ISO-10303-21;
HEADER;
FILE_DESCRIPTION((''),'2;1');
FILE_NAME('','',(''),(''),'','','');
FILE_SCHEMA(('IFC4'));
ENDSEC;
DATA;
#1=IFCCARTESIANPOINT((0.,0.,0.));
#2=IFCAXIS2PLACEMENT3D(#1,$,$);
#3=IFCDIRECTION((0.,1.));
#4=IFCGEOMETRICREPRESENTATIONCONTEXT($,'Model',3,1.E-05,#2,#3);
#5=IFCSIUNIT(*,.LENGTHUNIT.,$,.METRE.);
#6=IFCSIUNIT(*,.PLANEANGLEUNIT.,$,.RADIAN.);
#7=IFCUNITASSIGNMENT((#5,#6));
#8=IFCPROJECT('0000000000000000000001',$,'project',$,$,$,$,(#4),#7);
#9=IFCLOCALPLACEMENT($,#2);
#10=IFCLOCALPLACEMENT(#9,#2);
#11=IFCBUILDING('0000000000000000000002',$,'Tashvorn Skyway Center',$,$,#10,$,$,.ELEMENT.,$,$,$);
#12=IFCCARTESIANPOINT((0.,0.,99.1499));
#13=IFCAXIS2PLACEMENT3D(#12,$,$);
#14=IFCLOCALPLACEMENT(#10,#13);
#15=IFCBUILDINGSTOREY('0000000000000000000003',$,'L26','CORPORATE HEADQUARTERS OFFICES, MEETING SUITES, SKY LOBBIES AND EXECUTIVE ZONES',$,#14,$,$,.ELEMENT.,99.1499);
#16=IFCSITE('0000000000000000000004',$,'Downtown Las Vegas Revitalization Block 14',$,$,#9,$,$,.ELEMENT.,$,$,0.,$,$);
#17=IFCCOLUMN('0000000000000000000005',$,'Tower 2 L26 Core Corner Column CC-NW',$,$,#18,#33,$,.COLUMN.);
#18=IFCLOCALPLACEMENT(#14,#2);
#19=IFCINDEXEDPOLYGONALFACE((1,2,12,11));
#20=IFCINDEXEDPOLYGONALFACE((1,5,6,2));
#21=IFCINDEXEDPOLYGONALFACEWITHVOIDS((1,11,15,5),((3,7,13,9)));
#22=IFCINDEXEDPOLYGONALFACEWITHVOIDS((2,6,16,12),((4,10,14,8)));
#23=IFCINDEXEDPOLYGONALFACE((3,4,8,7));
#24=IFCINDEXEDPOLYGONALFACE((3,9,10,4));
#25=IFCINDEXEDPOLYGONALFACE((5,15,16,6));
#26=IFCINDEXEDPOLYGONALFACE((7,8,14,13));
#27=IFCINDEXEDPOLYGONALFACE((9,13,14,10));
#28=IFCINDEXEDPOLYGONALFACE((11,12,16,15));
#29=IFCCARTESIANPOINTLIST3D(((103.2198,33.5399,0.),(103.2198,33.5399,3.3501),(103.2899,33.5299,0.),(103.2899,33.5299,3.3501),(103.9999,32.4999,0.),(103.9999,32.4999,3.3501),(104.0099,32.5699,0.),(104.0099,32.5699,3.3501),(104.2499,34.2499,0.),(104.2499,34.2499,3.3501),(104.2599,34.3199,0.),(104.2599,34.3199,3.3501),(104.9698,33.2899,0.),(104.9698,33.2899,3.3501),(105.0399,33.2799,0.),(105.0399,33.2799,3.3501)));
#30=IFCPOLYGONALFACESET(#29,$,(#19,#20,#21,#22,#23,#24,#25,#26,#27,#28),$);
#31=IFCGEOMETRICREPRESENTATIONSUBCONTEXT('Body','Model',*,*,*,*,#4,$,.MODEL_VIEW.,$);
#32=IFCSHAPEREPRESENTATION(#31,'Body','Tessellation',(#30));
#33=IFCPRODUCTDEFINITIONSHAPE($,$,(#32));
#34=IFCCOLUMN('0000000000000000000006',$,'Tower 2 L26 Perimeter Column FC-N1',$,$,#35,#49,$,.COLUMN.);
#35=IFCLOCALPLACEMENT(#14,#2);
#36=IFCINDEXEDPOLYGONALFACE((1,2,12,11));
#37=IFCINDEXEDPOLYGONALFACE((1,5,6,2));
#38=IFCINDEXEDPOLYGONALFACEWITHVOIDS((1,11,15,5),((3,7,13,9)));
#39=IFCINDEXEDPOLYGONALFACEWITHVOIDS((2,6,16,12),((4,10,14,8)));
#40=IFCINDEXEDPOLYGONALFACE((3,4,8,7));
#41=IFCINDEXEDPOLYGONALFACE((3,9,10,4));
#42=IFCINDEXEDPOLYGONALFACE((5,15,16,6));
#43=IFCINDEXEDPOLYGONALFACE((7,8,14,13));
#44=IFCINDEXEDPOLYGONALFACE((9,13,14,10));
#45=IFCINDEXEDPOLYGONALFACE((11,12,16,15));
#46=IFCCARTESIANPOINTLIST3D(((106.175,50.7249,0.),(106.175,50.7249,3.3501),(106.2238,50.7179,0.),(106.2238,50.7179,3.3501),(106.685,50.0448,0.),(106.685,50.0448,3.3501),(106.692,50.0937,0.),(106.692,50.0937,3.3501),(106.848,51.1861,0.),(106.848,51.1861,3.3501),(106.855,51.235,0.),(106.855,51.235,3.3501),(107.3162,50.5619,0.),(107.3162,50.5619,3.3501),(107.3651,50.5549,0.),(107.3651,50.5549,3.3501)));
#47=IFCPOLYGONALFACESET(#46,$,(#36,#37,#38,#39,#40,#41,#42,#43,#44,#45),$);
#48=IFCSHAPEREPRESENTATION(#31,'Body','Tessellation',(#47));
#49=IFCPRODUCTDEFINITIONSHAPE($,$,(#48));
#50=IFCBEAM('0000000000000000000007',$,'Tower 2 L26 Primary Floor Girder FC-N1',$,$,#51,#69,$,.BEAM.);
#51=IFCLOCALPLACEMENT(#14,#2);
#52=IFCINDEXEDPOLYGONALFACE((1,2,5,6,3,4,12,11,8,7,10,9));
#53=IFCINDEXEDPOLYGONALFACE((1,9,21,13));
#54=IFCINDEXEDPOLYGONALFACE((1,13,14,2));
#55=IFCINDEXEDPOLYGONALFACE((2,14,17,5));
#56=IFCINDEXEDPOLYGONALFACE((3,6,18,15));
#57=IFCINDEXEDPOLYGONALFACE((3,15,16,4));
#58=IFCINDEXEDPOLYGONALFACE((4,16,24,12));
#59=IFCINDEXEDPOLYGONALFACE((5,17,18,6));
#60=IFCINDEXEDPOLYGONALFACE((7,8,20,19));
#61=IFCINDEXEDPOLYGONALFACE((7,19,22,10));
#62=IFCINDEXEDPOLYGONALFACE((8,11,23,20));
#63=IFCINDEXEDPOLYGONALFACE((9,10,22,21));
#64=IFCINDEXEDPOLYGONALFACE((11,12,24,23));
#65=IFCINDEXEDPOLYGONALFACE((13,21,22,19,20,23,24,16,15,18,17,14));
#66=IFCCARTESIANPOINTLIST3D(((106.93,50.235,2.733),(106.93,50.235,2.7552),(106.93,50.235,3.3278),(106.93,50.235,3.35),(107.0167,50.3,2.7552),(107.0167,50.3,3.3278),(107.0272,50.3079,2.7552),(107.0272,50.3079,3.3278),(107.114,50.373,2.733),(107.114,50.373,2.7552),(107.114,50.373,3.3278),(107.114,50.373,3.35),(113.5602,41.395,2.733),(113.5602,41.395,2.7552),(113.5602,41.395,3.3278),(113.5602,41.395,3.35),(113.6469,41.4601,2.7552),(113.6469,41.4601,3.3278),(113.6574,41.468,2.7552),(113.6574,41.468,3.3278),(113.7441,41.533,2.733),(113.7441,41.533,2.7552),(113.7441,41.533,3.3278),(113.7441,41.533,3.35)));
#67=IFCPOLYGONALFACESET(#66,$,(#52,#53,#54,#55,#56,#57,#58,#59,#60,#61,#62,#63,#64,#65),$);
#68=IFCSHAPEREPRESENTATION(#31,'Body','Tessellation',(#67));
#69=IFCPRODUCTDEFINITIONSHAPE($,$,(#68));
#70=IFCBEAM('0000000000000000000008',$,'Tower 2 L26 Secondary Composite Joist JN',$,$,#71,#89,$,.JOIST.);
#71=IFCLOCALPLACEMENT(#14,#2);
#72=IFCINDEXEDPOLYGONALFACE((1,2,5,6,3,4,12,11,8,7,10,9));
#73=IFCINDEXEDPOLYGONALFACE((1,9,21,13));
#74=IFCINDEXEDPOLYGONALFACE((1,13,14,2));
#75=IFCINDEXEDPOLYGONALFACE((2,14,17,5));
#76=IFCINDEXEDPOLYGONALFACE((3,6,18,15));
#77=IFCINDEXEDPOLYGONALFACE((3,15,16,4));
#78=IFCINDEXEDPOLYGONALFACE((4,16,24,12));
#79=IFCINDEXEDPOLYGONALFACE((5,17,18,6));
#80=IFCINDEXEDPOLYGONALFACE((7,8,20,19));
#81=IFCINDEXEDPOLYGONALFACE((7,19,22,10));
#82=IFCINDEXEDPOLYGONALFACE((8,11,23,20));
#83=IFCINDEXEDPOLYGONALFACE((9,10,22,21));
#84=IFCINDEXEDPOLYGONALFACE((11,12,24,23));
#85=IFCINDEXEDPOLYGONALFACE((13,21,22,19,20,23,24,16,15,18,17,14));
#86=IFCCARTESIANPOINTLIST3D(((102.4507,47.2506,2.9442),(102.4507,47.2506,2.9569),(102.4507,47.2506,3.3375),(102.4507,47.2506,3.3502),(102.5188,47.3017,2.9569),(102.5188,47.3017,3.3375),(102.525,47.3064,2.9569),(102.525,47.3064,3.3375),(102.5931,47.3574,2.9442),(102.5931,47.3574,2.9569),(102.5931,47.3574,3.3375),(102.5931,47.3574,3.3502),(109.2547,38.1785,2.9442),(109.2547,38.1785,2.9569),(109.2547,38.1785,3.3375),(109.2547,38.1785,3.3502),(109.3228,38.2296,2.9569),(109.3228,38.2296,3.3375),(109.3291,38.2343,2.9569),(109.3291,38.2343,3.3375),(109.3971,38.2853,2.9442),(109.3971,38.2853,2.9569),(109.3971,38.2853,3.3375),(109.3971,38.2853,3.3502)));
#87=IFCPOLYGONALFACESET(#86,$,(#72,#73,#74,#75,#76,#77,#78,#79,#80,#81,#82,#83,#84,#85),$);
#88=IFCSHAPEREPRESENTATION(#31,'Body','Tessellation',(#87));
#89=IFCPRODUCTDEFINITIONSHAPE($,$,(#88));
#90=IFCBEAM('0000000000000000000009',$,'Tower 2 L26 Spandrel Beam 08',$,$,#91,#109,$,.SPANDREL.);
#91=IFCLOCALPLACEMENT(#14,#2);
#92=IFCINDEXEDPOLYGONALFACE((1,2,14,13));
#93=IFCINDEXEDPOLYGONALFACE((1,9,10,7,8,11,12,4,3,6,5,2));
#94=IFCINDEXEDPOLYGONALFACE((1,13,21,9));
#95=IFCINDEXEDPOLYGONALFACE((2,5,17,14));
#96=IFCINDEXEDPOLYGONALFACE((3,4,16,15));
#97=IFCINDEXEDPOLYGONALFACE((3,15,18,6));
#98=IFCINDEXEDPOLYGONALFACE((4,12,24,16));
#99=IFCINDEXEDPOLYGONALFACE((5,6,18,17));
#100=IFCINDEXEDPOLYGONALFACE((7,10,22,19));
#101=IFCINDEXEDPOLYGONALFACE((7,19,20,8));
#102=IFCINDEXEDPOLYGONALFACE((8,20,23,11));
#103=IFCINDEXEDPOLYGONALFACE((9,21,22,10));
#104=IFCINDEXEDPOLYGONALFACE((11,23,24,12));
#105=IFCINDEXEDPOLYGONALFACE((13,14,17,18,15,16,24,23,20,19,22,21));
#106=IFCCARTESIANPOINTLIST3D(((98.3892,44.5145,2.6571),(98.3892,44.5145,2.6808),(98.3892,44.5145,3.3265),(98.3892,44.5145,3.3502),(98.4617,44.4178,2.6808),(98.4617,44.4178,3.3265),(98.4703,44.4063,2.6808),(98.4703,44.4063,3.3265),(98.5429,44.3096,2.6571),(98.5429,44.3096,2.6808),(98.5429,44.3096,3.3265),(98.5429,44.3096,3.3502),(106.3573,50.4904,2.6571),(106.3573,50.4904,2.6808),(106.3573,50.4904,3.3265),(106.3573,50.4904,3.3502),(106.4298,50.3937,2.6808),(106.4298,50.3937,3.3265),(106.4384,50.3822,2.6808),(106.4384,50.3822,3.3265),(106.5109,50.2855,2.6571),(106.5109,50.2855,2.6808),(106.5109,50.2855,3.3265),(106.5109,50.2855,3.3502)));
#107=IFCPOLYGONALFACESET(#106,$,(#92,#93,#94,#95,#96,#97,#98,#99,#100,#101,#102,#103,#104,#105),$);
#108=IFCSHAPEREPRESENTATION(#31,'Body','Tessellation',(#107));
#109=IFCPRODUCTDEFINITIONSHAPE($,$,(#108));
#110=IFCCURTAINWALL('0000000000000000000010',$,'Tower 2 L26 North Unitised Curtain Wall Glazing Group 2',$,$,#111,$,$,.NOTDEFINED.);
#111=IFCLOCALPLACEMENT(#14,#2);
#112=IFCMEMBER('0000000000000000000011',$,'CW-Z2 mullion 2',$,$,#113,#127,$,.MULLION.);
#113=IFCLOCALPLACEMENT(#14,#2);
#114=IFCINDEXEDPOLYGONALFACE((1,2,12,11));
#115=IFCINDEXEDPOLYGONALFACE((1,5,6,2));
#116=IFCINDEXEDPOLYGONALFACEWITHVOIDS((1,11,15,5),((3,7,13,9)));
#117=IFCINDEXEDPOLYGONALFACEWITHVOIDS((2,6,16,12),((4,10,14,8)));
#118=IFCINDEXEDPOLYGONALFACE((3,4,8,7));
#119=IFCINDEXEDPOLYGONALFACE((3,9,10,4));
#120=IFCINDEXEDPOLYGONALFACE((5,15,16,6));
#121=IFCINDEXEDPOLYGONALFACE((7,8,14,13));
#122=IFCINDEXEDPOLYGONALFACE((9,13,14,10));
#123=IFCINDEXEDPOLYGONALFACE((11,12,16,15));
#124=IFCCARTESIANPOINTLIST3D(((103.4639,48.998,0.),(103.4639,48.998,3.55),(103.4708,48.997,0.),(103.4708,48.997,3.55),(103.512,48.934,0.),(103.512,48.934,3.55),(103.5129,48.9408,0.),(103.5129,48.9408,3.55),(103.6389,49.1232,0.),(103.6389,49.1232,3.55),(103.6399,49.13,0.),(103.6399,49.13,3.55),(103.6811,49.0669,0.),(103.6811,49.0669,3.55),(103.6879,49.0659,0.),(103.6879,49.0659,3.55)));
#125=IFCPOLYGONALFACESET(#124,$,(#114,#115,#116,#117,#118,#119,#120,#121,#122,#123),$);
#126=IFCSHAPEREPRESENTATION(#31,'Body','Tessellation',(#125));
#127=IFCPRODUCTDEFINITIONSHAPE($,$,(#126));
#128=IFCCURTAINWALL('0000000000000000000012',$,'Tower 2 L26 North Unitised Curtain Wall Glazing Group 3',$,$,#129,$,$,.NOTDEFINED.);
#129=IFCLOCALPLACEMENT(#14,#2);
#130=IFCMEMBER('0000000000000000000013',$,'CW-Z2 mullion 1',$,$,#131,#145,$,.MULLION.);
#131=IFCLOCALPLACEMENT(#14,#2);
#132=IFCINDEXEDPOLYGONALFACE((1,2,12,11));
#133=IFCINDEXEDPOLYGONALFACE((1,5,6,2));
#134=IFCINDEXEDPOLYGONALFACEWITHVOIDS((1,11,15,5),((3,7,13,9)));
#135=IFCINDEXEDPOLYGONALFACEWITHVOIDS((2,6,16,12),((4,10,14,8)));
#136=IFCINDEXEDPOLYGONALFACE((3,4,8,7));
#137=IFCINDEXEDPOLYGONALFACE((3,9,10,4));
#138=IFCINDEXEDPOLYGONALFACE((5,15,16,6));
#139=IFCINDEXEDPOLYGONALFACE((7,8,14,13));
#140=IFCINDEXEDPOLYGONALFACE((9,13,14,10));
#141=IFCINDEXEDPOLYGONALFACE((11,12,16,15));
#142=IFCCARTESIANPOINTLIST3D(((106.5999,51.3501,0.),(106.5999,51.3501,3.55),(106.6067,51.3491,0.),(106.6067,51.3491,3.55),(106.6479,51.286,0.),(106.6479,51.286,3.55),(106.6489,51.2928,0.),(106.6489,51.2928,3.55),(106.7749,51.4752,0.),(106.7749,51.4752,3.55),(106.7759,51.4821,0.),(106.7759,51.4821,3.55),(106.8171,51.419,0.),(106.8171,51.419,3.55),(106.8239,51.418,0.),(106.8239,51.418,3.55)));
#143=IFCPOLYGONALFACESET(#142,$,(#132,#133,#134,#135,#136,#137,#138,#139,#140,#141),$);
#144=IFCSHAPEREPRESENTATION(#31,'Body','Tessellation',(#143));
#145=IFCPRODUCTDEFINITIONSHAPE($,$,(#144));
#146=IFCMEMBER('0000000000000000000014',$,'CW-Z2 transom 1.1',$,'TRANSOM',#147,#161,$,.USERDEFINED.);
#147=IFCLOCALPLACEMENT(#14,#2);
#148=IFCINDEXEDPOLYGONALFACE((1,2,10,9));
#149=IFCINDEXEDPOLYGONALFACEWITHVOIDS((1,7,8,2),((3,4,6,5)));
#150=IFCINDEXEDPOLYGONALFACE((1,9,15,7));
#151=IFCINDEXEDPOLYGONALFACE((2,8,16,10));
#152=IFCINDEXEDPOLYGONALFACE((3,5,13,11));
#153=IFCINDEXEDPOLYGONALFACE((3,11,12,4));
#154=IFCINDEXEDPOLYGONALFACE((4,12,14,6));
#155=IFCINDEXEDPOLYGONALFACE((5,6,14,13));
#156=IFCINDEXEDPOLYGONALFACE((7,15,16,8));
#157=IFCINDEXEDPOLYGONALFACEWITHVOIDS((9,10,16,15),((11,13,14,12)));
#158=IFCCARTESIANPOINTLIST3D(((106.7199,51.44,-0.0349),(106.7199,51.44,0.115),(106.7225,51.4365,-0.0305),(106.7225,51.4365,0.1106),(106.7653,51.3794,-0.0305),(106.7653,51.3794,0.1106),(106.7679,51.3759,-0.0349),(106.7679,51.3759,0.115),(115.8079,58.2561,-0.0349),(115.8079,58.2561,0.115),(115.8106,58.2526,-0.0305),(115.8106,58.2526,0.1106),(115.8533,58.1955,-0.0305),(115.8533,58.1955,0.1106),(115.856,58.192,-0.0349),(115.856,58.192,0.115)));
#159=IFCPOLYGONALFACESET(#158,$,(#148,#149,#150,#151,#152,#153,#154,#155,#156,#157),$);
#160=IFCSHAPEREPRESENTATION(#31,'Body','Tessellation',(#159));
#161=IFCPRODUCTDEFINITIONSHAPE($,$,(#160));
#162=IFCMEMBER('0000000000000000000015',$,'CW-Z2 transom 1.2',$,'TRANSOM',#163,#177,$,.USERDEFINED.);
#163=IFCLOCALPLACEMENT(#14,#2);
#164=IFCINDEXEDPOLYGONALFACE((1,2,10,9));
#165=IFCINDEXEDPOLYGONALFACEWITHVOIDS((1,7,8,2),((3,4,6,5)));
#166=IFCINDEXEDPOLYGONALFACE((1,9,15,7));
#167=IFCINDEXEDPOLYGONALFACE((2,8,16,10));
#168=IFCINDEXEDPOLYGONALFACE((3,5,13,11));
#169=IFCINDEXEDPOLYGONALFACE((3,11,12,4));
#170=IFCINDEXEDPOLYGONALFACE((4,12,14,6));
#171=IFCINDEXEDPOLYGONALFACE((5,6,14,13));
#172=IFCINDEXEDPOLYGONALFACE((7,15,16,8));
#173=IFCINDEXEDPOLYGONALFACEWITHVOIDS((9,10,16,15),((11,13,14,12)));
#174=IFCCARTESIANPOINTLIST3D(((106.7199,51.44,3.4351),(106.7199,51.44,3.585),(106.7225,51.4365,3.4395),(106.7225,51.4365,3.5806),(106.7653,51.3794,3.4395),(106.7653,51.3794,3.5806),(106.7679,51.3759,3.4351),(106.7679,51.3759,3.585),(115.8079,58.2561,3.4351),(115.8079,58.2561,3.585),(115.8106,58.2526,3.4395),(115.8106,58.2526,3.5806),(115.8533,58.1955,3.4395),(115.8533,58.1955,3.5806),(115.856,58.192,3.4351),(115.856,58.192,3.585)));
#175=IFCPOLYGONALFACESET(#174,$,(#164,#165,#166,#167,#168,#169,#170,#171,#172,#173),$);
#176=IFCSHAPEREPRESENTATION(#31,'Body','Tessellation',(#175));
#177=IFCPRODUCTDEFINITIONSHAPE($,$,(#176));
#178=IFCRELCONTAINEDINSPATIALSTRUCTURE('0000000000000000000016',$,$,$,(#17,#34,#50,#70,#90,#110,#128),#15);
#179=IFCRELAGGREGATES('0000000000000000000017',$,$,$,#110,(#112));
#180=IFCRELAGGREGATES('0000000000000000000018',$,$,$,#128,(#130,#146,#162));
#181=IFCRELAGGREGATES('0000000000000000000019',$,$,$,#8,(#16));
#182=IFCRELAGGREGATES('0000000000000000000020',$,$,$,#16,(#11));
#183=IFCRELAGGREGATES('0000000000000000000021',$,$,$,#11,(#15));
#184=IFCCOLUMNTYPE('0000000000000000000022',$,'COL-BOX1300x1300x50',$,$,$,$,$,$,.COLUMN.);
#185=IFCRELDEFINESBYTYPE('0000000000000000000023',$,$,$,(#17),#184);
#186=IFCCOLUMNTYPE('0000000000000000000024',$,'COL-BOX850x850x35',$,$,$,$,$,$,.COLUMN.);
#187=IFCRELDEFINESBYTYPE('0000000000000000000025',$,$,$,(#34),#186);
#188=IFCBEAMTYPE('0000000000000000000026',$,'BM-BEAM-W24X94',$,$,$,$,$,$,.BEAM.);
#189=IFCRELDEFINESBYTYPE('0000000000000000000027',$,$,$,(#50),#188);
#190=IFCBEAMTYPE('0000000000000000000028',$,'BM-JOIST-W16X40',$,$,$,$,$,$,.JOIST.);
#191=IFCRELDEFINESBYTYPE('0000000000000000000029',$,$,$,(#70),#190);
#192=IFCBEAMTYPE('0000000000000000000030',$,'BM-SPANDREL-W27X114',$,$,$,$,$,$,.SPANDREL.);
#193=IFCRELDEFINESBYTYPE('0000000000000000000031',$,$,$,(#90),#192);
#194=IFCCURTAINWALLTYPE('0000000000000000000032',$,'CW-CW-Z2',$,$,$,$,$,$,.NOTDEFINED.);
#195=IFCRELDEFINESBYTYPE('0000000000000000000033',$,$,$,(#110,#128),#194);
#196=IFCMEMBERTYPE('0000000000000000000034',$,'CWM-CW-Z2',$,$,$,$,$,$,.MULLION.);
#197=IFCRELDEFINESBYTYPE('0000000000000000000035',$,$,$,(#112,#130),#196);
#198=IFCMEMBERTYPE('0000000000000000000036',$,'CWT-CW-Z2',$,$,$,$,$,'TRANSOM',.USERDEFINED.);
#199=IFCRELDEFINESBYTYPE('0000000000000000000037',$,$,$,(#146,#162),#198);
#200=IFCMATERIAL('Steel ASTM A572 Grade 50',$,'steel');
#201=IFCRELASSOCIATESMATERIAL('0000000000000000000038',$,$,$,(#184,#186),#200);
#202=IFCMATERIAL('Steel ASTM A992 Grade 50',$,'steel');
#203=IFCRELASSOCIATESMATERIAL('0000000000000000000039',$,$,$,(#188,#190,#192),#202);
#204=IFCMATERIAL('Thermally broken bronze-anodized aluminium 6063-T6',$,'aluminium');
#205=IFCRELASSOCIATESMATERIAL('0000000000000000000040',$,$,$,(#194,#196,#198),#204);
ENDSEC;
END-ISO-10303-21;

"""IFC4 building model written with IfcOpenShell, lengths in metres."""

from ifc_helpers import new_model, si_unit, direction, frame, origin, origin_2d, place, context, subcontext, project, spatial, hollow_rectangle, i_section, extrude, material, material_profile, profile_set, type_object, element, aggregate, save


model = new_model("IFC4")

# Units and contexts
model_context = context("Model", 3, precision=1e-05, world=origin(), true_north=direction((0.0, 1.0)))
body_context = subcontext(model_context, "Body", "Model", "MODEL_VIEW")
ifc_project = project(units=[si_unit("LENGTHUNIT", "METRE"), si_unit("PLANEANGLEUNIT", "RADIAN")], contexts=[model_context])

# Site, building, storey
site_placement = place(None, origin())
site = spatial("IfcSite", under=ifc_project, at=site_placement, Name="Downtown Las Vegas Revitalization Block 14", CompositionType="ELEMENT", RefElevation=0.0)
building_placement = place(site_placement, origin())
building = spatial("IfcBuilding", under=site, at=building_placement, Name="Tashvorn Skyway Center", CompositionType="ELEMENT")
storey_placement = place(building_placement, frame((0.0, 0.0, 99.1499)))
storey = spatial("IfcBuildingStorey", under=building, at=storey_placement, Name="L26", Description="CORPORATE HEADQUARTERS OFFICES, MEETING SUITES, SKY LOBBIES AND EXECUTIVE ZONES", CompositionType="ELEMENT", Elevation=99.1499)

# Columns
ifc_material_1 = material(Name="Steel ASTM A572 Grade 50", Category="steel")
ifc_material_profile_1 = material_profile(ifc_material_1, hollow_rectangle(XDim=1.3, YDim=1.3, WallThickness=0.05, at=origin_2d()), Name="BOX1300x1300x50")
ifc_profile_set_1 = profile_set([ifc_material_profile_1], Name="Steel ASTM A572 Grade 50")
column_type_1 = type_object("IfcColumnType", Name="COL-BOX1300x1300x50", PredefinedType="COLUMN", material=ifc_profile_set_1)
column_1_placement = place(storey_placement, frame((104.1299, 33.4099, 0.0), z_axis=(0.0, 0.0, 1.0), x_axis=(0.8, 0.6, 0.0)))
element("IfcColumn", 1, at=column_1_placement, inside=storey, type_object=column_type_1, Name="Tower 2 L26 Core Corner Column CC-NW", PredefinedType="COLUMN", context=body_context, shape_type="SweptSolid", body=[
    extrude(hollow_rectangle(XDim=1.3, YDim=1.3, WallThickness=0.05, at=origin_2d()), origin(), (0.0, 0.0, 1.0), 3.3501),
])
ifc_material_profile_2 = material_profile(ifc_material_1, hollow_rectangle(XDim=0.8501, YDim=0.8501, WallThickness=0.0349, at=origin_2d()), Name="BOX850x850x35")
ifc_profile_set_2 = profile_set([ifc_material_profile_2], Name="Steel ASTM A572 Grade 50")
column_type_2 = type_object("IfcColumnType", Name="COL-BOX850x850x35", PredefinedType="COLUMN", material=ifc_profile_set_2)
column_2_placement = place(storey_placement, frame((106.77, 50.6399, 0.0), z_axis=(0.0, 0.0, 1.0), x_axis=(0.8, 0.6, 0.0)))
element("IfcColumn", 2, at=column_2_placement, inside=storey, type_object=column_type_2, Name="Tower 2 L26 Perimeter Column FC-N1", PredefinedType="COLUMN", context=body_context, shape_type="SweptSolid", body=[
    extrude(hollow_rectangle(XDim=0.8501, YDim=0.8501, WallThickness=0.0349, at=origin_2d()), origin(), (0.0, 0.0, 1.0), 3.3501),
])

# Beams
ifc_material_2 = material(Name="Steel ASTM A992 Grade 50", Category="steel")
ifc_material_profile_3 = material_profile(ifc_material_2, i_section(OverallWidth=0.23, OverallDepth=0.6169, WebThickness=0.0132, FlangeThickness=0.0222, at=origin_2d()), Name="W24X94")
ifc_profile_set_3 = profile_set([ifc_material_profile_3], Name="Steel ASTM A992 Grade 50")
beam_type_1 = type_object("IfcBeamType", Name="BM-BEAM-W24X94", PredefinedType="BEAM", material=ifc_profile_set_3)
beam_1_placement = place(storey_placement, frame((107.022, 50.304, 3.0415), z_axis=(0.600014, -0.799989, 0.0), x_axis=(0.799989, 0.600014, 0.0)))
element("IfcBeam", 3, at=beam_1_placement, inside=storey, type_object=beam_type_1, Name="Tower 2 L26 Primary Floor Girder FC-N1", PredefinedType="BEAM", context=body_context, shape_type="SweptSolid", body=[
    extrude(i_section(OverallWidth=0.23, OverallDepth=0.6169, WebThickness=0.0132, FlangeThickness=0.0222, at=origin_2d()), origin(), (0.0, 0.0, 1.0), 11.05),
])
ifc_material_profile_4 = material_profile(ifc_material_2, i_section(OverallWidth=0.178, OverallDepth=0.406, WebThickness=0.0078, FlangeThickness=0.0127, at=origin_2d()), Name="W16X40")
ifc_profile_set_4 = profile_set([ifc_material_profile_4], Name="Steel ASTM A992 Grade 50")
beam_type_2 = type_object("IfcBeamType", Name="BM-JOIST-W16X40", PredefinedType="JOIST", material=ifc_profile_set_4)
beam_2_placement = place(storey_placement, frame((109.3259, 38.2319, 3.1472), z_axis=(-0.599997, 0.800003, 0.0), x_axis=(-0.800003, -0.599997, 0.0)))
element("IfcBeam", 4, at=beam_2_placement, inside=storey, type_object=beam_type_2, Name="Tower 2 L26 Secondary Composite Joist JN", PredefinedType="JOIST", context=body_context, shape_type="SweptSolid", body=[
    extrude(i_section(OverallWidth=0.178, OverallDepth=0.406, WebThickness=0.0078, FlangeThickness=0.0127, at=origin_2d()), origin(), (0.0, 0.0, 1.0), 11.3401),
])
ifc_material_profile_5 = material_profile(ifc_material_2, i_section(OverallWidth=0.2561, OverallDepth=0.6931, WebThickness=0.0144, FlangeThickness=0.0237, at=origin_2d()), Name="W27X114")
ifc_profile_set_5 = profile_set([ifc_material_profile_5], Name="Steel ASTM A992 Grade 50")
beam_type_3 = type_object("IfcBeamType", Name="BM-SPANDREL-W27X114", PredefinedType="SPANDREL", material=ifc_profile_set_5)
beam_3_placement = place(storey_placement, frame((106.4341, 50.3879, 3.0037), z_axis=(-0.800009, -0.599988, 0.0), x_axis=(0.599988, -0.800009, 0.0)))
element("IfcBeam", 5, at=beam_3_placement, inside=storey, type_object=beam_type_3, Name="Tower 2 L26 Spandrel Beam 08", PredefinedType="SPANDREL", context=body_context, shape_type="SweptSolid", body=[
    extrude(i_section(OverallWidth=0.2561, OverallDepth=0.6931, WebThickness=0.0144, FlangeThickness=0.0237, at=origin_2d()), origin(), (0.0, 0.0, 1.0), 9.96),
])

# Curtain wall, member
ifc_material_3 = material(Name="Thermally broken bronze-anodized aluminium 6063-T6", Category="aluminium")
curtain_wall_type = type_object("IfcCurtainWallType", Name="CW-CW-Z2", PredefinedType="NOTDEFINED", material=ifc_material_3)
curtain_wall_1_placement = place(storey_placement, origin())
curtain_wall_1 = element("IfcCurtainWall", 6, at=curtain_wall_1_placement, inside=storey, type_object=curtain_wall_type, Name="Tower 2 L26 North Unitised Curtain Wall Glazing Group 2", PredefinedType="NOTDEFINED")
ifc_material_profile_6 = material_profile(ifc_material_3, hollow_rectangle(XDim=0.0801, YDim=0.22, WallThickness=0.0049, at=origin_2d()), Name="ALU-MULL-80x220")
ifc_profile_set_6 = profile_set([ifc_material_profile_6], Name="Thermally broken bronze-anodized aluminium 6063-T6")
member_type_1 = type_object("IfcMemberType", Name="CWM-CW-Z2", PredefinedType="MULLION", material=ifc_profile_set_6)
member_1_placement = place(storey_placement, frame((103.5759, 49.032, 0.0), z_axis=(0.0, 0.0, 1.0), x_axis=(-0.6, 0.8, 0.0)))
member_1 = element("IfcMember", 7, at=member_1_placement, type_object=member_type_1, Name="CW-Z2 mullion 2", PredefinedType="MULLION", context=body_context, shape_type="SweptSolid", body=[
    extrude(hollow_rectangle(XDim=0.0801, YDim=0.22, WallThickness=0.0049, at=origin_2d()), origin(), (0.0, 0.0, 1.0), 3.55),
])

# Curtain wall, members
curtain_wall_2_placement = place(storey_placement, origin())
curtain_wall_2 = element("IfcCurtainWall", 8, at=curtain_wall_2_placement, inside=storey, type_object=curtain_wall_type, Name="Tower 2 L26 North Unitised Curtain Wall Glazing Group 3", PredefinedType="NOTDEFINED")
member_2_placement = place(storey_placement, frame((106.7119, 51.384, 0.0), z_axis=(0.0, 0.0, 1.0), x_axis=(-0.6, 0.8, 0.0)))
member_2 = element("IfcMember", 9, at=member_2_placement, type_object=member_type_1, Name="CW-Z2 mullion 1", PredefinedType="MULLION", context=body_context, shape_type="SweptSolid", body=[
    extrude(hollow_rectangle(XDim=0.0801, YDim=0.22, WallThickness=0.0049, at=origin_2d()), origin(), (0.0, 0.0, 1.0), 3.55),
])
ifc_material_profile_7 = material_profile(ifc_material_3, hollow_rectangle(XDim=0.0801, YDim=0.1499, WallThickness=0.0044, at=origin_2d()), Name="ALU-TRAN-80x150")
ifc_profile_set_7 = profile_set([ifc_material_profile_7], Name="Thermally broken bronze-anodized aluminium 6063-T6")
member_type_2 = type_object("IfcMemberType", Name="CWT-CW-Z2", ElementType="TRANSOM", PredefinedType="USERDEFINED", material=ifc_profile_set_7)
member_3_placement = place(storey_placement, frame((106.7439, 51.408, 0.04), z_axis=(0.799997, 0.600003, 0.0), x_axis=(-0.600003, 0.799997, 0.0)))
member_3 = element("IfcMember", 10, at=member_3_placement, type_object=member_type_2, Name="CW-Z2 transom 1.1", ObjectType="TRANSOM", PredefinedType="USERDEFINED", context=body_context, shape_type="SweptSolid", body=[
    extrude(hollow_rectangle(XDim=0.0801, YDim=0.1499, WallThickness=0.0044, at=origin_2d()), origin(), (0.0, 0.0, 1.0), 11.3601),
])
member_4_placement = place(storey_placement, frame((106.7439, 51.408, 3.51), z_axis=(0.799997, 0.600003, 0.0), x_axis=(-0.600003, 0.799997, 0.0)))
member_4 = element("IfcMember", 11, at=member_4_placement, type_object=member_type_2, Name="CW-Z2 transom 1.2", ObjectType="TRANSOM", PredefinedType="USERDEFINED", context=body_context, shape_type="SweptSolid", body=[
    extrude(hollow_rectangle(XDim=0.0801, YDim=0.1499, WallThickness=0.0044, at=origin_2d()), origin(), (0.0, 0.0, 1.0), 11.3601),
])

aggregate(curtain_wall_1, [member_1])
aggregate(curtain_wall_2, [member_2, member_3, member_4])

save(model, "model.ifc")
